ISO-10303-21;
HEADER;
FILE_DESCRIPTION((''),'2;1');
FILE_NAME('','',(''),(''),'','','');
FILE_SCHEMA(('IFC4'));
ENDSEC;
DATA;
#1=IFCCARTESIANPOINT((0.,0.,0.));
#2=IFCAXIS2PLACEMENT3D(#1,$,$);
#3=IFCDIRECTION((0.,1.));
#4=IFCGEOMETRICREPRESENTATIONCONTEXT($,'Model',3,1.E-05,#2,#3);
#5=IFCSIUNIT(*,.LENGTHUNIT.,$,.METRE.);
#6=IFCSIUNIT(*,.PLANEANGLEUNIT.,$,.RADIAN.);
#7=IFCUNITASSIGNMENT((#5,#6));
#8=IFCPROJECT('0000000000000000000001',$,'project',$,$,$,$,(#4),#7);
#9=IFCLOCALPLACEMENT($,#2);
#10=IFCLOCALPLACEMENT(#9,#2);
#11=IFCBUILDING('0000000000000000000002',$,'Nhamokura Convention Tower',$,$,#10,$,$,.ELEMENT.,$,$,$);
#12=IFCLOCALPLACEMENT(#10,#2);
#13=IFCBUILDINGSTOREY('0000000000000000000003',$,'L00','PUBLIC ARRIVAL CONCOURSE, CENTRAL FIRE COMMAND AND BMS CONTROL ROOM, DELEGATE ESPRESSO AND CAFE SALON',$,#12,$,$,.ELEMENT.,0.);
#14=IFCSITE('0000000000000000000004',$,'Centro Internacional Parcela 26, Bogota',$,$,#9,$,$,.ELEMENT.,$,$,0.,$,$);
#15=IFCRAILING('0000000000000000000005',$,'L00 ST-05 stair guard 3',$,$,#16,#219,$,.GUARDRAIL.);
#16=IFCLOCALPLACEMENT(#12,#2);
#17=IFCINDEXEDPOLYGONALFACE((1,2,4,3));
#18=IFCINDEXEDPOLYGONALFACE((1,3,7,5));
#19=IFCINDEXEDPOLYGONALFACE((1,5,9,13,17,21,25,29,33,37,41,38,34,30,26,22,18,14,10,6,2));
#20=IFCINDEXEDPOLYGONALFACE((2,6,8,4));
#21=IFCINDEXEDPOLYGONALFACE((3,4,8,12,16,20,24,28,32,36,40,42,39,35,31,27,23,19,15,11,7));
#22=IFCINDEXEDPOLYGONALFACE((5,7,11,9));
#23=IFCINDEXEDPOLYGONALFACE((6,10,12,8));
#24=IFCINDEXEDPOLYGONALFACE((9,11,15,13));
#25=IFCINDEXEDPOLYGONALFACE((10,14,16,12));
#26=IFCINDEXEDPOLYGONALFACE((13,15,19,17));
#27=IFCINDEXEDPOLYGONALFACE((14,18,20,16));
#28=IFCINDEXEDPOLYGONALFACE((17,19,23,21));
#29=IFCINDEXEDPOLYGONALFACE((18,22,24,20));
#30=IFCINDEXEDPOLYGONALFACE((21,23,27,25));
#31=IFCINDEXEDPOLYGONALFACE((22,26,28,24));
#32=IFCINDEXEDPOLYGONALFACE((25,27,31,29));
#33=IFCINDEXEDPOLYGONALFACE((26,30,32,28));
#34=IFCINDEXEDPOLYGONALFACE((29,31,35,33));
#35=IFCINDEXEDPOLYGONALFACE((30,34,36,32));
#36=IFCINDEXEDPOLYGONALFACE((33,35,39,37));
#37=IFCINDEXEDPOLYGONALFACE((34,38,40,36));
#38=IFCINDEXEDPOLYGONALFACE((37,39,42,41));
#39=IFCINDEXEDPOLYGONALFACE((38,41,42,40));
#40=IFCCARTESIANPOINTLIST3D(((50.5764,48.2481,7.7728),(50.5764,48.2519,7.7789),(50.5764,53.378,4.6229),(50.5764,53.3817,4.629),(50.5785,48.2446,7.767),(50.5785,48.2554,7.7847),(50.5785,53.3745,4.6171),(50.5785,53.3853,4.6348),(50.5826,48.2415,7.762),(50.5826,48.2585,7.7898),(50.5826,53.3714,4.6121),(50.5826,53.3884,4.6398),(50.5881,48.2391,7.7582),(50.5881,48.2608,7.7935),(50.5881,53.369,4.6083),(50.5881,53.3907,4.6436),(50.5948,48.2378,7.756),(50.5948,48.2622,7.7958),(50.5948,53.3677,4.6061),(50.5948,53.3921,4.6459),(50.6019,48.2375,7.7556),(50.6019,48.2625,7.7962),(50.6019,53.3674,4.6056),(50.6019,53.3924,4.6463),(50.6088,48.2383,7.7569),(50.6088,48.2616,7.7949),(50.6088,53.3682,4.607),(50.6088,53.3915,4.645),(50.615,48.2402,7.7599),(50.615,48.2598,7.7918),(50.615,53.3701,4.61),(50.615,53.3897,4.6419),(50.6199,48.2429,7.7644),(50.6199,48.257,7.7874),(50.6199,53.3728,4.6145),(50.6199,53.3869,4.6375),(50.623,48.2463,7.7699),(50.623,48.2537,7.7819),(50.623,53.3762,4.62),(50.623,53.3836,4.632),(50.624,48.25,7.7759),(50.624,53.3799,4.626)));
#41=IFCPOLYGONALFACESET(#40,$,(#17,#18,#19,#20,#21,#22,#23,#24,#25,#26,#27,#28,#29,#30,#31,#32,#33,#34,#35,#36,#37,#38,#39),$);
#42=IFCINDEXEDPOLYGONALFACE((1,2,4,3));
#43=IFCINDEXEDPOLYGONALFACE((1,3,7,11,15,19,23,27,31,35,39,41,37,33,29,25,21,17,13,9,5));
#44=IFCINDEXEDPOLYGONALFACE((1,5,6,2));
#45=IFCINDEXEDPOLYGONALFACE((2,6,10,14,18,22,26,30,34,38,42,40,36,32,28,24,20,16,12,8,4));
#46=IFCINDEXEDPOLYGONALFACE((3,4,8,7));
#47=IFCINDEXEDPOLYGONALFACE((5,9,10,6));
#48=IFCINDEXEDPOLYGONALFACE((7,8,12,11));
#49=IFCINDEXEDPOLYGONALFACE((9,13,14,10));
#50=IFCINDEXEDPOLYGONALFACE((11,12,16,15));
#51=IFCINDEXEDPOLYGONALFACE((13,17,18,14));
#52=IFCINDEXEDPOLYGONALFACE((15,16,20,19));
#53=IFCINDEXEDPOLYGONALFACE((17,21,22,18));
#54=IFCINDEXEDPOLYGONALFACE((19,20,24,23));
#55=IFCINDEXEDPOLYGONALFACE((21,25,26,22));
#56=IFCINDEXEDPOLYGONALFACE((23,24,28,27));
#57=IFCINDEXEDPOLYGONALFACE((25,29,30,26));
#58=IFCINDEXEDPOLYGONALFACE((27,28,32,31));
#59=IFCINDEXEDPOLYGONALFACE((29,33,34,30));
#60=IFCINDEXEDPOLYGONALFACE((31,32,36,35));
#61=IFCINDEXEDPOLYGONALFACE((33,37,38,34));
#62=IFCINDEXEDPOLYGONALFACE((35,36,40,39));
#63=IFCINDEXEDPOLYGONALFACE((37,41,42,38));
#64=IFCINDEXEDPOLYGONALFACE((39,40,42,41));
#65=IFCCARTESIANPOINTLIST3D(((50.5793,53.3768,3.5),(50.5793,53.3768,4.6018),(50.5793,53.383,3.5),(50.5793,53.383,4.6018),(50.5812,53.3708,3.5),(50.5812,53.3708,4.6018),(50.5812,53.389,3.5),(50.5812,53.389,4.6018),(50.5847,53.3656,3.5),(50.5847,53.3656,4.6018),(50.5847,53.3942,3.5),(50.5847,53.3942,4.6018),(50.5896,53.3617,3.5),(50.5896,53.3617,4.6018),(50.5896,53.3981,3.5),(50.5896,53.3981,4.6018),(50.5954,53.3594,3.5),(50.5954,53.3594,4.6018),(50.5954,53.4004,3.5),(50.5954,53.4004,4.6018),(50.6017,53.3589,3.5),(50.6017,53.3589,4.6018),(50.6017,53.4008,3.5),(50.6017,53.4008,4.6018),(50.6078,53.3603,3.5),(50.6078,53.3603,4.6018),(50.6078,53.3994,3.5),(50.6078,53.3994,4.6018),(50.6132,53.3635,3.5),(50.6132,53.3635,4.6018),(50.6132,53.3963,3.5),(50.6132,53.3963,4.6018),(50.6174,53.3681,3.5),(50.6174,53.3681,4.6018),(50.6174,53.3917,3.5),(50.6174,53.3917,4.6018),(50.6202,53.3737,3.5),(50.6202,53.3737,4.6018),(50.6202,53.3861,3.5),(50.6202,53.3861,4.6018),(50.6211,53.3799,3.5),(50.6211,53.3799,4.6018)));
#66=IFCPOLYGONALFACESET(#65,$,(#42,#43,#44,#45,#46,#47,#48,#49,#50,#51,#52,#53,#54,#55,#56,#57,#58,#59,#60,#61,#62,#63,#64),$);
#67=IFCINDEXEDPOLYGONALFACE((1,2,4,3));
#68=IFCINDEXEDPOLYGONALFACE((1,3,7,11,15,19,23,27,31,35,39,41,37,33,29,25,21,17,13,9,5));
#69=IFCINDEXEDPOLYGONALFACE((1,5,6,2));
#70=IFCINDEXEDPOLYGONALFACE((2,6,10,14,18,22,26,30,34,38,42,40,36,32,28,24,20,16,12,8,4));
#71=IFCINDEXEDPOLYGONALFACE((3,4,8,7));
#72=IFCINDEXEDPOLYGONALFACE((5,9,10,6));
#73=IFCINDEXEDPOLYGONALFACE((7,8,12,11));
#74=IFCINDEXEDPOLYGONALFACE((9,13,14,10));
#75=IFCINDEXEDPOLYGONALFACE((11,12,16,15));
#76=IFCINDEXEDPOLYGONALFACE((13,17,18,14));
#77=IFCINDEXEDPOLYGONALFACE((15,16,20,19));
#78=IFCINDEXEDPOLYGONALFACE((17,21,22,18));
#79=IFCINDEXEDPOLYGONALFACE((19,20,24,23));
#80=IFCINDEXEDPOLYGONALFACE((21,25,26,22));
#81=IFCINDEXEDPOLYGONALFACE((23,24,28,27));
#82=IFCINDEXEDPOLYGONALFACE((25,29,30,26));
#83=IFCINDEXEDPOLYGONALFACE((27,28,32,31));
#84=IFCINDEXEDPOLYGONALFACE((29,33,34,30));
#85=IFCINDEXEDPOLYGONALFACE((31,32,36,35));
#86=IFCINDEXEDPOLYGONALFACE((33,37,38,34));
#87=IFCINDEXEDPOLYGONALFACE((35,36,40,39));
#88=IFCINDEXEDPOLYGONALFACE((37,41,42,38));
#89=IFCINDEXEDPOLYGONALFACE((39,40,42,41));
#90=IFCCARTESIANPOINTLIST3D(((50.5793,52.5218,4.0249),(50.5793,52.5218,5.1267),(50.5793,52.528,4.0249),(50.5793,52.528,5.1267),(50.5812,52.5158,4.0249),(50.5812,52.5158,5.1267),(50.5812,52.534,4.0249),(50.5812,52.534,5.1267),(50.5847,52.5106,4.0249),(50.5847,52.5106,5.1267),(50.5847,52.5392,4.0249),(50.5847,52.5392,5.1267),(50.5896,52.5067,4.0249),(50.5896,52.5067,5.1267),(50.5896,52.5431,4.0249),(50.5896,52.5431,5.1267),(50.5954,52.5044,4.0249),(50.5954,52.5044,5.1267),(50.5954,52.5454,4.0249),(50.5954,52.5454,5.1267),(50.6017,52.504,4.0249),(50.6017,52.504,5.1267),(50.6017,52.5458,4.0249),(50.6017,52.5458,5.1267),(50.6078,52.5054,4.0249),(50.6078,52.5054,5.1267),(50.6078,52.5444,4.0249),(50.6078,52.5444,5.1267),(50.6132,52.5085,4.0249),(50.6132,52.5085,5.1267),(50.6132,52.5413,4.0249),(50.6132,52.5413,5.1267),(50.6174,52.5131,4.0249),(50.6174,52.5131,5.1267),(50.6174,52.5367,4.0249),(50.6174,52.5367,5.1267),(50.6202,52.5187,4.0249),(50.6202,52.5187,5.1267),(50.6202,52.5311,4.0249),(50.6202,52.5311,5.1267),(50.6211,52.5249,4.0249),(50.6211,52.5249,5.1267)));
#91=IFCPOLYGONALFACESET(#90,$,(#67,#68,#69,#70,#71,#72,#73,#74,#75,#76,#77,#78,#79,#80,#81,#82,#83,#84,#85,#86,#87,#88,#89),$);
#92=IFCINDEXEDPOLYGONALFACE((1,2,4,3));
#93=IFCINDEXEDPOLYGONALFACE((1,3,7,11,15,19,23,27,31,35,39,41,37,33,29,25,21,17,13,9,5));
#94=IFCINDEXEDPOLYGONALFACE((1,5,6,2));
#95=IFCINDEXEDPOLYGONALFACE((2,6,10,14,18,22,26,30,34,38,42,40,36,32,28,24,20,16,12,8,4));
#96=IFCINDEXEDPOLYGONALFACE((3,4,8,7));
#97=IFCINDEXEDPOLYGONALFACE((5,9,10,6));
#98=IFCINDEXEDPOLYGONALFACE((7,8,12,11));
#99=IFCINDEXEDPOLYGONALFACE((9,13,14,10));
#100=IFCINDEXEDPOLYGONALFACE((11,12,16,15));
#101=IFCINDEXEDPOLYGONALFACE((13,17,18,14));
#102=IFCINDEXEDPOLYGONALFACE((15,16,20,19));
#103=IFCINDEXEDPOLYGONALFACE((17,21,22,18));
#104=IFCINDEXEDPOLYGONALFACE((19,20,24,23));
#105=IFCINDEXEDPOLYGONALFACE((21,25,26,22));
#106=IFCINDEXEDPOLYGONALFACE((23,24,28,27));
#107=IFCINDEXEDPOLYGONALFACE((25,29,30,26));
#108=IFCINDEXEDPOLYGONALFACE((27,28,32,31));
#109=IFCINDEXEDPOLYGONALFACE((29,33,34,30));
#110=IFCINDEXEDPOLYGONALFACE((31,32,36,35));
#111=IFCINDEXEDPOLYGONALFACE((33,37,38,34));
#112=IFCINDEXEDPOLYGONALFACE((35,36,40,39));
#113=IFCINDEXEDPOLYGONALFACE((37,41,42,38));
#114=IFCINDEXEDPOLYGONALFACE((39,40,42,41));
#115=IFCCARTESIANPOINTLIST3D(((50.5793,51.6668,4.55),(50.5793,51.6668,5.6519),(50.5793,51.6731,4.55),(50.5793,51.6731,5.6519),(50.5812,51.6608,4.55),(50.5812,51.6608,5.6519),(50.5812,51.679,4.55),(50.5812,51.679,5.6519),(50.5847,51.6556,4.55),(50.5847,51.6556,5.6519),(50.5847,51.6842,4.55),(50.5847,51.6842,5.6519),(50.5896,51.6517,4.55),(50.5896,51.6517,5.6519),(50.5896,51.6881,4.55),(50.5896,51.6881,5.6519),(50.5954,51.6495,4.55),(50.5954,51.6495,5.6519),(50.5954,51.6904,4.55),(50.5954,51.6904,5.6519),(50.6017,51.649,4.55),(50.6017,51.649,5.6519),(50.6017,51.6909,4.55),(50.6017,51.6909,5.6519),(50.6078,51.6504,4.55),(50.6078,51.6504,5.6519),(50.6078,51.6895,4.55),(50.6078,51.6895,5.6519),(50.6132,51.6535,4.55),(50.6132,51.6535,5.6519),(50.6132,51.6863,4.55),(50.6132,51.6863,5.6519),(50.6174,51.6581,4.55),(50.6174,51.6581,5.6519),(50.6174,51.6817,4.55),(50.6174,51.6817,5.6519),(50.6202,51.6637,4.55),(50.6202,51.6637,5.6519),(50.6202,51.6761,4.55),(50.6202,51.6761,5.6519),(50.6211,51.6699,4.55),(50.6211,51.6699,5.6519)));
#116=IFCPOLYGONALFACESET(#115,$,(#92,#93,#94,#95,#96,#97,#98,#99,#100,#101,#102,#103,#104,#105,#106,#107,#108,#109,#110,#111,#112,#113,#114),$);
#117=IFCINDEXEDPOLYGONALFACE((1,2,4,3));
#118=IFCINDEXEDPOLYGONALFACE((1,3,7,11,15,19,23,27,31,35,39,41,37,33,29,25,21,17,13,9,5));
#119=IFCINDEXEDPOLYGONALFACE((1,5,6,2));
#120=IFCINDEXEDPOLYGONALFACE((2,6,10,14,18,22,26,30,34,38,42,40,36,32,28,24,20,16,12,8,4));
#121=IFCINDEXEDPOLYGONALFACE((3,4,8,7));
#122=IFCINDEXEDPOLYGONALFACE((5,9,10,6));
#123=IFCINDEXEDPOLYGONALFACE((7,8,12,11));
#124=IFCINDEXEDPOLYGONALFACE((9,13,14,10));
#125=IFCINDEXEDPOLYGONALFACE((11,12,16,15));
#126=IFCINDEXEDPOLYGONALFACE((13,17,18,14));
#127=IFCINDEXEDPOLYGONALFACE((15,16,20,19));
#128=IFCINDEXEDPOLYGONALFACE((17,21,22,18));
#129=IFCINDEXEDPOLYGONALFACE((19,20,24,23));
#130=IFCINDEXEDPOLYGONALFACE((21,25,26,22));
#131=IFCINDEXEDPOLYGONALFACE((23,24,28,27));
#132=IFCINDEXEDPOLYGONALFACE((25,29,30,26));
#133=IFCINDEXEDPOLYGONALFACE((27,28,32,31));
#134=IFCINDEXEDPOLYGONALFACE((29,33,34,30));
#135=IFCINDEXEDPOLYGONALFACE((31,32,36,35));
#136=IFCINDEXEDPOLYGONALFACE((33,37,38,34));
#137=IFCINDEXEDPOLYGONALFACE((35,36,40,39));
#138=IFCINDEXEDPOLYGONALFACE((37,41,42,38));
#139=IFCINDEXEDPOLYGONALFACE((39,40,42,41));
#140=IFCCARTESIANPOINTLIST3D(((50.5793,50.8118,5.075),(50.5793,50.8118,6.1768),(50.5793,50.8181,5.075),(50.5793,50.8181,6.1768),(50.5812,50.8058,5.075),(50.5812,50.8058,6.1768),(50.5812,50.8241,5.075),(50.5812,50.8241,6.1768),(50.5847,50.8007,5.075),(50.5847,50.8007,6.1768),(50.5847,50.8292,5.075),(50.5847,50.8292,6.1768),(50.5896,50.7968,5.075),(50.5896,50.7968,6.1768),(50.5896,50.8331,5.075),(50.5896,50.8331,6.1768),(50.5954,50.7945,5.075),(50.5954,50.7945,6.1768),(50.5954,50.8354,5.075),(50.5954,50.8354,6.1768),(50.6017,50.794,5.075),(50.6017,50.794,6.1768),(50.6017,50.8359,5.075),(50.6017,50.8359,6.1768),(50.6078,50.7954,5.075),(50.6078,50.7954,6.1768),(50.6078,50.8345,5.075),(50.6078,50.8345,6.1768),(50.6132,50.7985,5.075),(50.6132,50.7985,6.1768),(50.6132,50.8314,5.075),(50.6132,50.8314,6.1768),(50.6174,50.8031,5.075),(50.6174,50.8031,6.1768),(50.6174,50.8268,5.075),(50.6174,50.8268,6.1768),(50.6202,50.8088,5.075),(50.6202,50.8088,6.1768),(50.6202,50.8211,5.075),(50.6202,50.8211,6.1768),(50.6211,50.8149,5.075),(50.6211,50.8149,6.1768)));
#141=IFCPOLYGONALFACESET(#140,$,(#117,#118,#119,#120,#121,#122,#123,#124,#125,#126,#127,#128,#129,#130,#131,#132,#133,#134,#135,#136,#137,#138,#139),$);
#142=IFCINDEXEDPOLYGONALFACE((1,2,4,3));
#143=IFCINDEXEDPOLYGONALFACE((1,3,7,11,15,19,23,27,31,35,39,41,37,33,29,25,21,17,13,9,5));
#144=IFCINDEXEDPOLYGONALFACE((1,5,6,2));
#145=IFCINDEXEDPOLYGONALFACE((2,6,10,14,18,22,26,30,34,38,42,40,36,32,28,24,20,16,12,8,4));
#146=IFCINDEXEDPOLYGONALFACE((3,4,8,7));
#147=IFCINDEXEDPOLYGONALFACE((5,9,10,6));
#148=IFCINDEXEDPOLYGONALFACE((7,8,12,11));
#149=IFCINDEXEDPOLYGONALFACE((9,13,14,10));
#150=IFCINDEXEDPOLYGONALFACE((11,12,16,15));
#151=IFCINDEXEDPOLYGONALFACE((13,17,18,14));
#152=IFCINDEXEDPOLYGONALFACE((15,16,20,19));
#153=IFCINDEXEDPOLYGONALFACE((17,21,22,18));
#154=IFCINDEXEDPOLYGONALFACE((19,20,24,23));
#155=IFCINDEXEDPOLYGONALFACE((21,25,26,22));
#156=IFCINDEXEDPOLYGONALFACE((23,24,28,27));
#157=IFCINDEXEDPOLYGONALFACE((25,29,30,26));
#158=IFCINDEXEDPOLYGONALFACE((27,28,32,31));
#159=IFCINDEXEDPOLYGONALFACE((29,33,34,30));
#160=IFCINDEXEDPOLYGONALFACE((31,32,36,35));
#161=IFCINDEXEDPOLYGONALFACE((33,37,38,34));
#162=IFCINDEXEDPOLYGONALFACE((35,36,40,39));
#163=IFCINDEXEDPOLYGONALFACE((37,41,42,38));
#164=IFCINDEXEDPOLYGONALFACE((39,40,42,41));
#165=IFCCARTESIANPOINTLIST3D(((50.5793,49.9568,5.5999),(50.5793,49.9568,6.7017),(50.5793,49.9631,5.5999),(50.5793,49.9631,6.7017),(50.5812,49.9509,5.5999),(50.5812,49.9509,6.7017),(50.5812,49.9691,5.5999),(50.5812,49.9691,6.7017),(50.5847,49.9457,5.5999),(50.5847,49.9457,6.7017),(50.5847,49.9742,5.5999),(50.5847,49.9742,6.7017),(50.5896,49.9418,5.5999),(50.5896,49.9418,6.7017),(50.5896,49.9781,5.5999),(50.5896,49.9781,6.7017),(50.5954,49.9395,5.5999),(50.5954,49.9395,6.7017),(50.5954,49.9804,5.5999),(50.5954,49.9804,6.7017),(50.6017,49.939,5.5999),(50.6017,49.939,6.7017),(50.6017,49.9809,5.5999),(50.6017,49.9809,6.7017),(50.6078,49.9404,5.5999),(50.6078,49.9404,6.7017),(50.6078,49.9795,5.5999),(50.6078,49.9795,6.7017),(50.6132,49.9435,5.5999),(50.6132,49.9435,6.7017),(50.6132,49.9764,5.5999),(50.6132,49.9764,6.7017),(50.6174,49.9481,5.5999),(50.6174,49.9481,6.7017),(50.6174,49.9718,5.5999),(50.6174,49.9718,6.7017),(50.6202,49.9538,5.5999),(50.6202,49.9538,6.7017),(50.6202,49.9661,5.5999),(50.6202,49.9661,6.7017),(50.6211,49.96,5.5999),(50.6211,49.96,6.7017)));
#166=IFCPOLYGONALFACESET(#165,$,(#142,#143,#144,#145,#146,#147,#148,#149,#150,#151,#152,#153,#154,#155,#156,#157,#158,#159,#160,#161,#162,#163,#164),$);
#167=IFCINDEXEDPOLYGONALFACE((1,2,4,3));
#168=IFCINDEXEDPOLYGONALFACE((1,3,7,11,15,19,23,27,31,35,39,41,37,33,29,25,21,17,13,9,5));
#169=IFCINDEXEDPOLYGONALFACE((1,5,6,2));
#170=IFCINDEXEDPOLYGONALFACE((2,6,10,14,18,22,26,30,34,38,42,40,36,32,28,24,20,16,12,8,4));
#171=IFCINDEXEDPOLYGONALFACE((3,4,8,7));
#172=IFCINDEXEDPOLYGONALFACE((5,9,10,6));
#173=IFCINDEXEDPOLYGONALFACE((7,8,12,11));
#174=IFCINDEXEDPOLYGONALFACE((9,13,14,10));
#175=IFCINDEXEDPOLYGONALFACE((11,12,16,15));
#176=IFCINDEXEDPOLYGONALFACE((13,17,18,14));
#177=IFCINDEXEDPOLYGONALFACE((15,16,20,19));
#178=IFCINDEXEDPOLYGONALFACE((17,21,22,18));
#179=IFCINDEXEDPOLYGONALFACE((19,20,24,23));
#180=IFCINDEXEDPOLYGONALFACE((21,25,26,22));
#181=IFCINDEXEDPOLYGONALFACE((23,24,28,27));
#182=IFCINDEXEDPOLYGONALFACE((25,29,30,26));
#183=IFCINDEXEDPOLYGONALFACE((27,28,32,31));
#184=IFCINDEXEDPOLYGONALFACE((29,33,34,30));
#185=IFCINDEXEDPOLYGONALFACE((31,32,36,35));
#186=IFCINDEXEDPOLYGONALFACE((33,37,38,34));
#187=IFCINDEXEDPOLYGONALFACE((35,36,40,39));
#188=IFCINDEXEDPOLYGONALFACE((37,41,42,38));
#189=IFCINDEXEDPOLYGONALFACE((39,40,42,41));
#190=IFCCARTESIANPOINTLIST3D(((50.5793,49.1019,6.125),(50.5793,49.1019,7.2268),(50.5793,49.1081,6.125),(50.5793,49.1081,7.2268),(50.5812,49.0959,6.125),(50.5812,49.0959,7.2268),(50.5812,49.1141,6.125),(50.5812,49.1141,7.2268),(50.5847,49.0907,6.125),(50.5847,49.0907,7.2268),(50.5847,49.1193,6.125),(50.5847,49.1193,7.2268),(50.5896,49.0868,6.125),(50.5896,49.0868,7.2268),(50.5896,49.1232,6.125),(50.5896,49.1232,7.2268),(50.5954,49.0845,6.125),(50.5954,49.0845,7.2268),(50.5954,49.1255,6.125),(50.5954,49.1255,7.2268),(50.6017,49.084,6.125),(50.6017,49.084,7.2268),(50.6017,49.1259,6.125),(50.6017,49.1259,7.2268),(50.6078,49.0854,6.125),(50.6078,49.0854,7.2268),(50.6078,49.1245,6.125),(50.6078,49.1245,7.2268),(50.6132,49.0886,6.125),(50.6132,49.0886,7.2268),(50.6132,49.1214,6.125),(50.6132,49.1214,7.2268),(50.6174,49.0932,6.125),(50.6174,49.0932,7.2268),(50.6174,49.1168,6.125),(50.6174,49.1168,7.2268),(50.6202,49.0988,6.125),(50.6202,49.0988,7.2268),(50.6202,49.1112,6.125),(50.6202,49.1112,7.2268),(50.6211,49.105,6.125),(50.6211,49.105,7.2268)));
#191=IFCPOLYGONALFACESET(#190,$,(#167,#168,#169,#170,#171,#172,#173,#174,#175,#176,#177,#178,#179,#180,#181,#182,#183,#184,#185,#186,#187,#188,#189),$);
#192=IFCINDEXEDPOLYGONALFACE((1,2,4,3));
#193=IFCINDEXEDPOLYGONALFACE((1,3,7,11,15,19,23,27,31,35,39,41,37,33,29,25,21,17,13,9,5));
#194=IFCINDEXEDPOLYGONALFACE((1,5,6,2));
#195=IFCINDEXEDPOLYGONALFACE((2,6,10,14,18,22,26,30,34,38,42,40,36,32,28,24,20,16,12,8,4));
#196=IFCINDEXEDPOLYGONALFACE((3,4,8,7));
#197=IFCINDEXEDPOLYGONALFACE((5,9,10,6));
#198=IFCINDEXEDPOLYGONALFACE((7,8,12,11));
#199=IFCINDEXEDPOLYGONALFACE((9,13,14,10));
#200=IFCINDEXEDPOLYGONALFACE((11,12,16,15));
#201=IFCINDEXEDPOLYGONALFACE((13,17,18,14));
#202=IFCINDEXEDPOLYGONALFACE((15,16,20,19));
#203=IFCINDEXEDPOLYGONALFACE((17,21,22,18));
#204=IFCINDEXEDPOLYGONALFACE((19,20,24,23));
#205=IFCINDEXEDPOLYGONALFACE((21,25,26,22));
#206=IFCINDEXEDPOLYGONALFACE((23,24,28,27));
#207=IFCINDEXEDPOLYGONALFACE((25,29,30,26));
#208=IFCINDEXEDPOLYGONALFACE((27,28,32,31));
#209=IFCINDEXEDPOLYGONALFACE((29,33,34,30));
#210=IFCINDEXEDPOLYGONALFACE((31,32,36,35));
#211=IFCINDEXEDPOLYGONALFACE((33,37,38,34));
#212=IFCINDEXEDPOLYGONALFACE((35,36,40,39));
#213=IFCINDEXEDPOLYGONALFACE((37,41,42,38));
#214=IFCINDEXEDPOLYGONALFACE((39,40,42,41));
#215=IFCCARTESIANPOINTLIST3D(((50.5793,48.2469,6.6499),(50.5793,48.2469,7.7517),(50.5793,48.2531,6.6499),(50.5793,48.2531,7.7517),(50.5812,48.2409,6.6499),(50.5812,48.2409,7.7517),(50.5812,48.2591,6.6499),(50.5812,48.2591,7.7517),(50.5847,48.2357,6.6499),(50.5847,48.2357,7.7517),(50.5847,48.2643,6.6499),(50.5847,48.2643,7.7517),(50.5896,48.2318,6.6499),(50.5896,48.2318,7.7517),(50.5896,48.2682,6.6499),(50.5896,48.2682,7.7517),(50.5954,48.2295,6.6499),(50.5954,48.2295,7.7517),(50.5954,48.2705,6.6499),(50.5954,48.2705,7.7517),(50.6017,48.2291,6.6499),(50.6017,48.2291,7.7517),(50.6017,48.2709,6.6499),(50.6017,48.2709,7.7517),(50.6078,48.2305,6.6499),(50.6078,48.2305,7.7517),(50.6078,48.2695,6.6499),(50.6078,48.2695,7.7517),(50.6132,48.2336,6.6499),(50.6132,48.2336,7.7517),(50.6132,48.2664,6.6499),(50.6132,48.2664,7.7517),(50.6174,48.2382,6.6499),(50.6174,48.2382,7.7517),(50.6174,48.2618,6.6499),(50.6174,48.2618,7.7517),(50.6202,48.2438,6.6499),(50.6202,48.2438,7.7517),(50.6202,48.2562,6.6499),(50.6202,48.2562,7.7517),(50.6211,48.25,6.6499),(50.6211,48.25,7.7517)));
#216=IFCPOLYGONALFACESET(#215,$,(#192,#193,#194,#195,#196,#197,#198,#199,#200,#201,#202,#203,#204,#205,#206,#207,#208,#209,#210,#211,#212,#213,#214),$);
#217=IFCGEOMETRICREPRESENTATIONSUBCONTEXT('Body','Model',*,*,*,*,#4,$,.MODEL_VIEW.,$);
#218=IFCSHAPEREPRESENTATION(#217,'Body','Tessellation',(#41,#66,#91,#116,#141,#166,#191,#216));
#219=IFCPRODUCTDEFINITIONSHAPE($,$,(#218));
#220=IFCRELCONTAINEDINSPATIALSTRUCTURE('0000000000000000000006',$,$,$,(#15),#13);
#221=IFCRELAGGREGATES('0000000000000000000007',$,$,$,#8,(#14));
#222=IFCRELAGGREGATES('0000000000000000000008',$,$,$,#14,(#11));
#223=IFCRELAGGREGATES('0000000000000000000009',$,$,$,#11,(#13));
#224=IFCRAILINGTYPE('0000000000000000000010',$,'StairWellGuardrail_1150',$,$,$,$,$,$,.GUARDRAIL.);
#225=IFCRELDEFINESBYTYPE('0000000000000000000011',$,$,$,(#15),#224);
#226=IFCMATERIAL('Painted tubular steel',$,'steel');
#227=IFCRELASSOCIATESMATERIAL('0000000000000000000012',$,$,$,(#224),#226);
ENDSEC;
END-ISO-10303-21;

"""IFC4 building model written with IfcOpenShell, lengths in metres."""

from ifc_helpers import new_model, si_unit, direction, frame, origin, origin_2d, place, context, subcontext, project, spatial, circle, extrude, material, type_object, element, save


model = new_model("IFC4")

# Units and contexts
model_context = context("Model", 3, precision=1e-05, world=origin(), true_north=direction((0.0, 1.0)))
body_context = subcontext(model_context, "Body", "Model", "MODEL_VIEW")
ifc_project = project(units=[si_unit("LENGTHUNIT", "METRE"), si_unit("PLANEANGLEUNIT", "RADIAN")], contexts=[model_context])

# Site, building, storey
site_placement = place(None, origin())
site = spatial("IfcSite", under=ifc_project, at=site_placement, Name="Centro Internacional Parcela 26, Bogota", CompositionType="ELEMENT", RefElevation=0.0)
building_placement = place(site_placement, origin())
building = spatial("IfcBuilding", under=site, at=building_placement, Name="Nhamokura Convention Tower", CompositionType="ELEMENT")
storey_placement = place(building_placement, origin())
storey = spatial("IfcBuildingStorey", under=building, at=storey_placement, Name="L00", Description="PUBLIC ARRIVAL CONCOURSE, CENTRAL FIRE COMMAND AND BMS CONTROL ROOM, DELEGATE ESPRESSO AND CAFE SALON", CompositionType="ELEMENT", Elevation=0.0)

# Railing
ifc_material_1 = material(Name="Painted tubular steel", Category="steel")
railing_type_1 = type_object("IfcRailingType", Name="StairWellGuardrail_1150", PredefinedType="GUARDRAIL", material=ifc_material_1)
railing_1_placement = place(storey_placement, frame((50.6001, 53.3799, 3.5)))
element("IfcRailing", 1, at=railing_1_placement, inside=storey, type_object=railing_type_1, Name="L00 ST-05 stair guard 3", PredefinedType="GUARDRAIL", context=body_context, shape_type="SweptSolid", body=[
    extrude(circle(Radius=0.0239, at=origin_2d()), frame((0.0, 0.0, 1.126), z_axis=(0.0, -0.852173, 0.52326), x_axis=(1.0, 0.0, 0.0)), (0.0, 0.0, 1.0), 6.0198),
    extrude(circle(Radius=0.021, at=origin_2d()), origin(), (0.0, 0.0, 1.0), 1.1018),
    extrude(circle(Radius=0.021, at=origin_2d()), frame((0.0, -0.855, 0.5249)), (0.0, 0.0, 1.0), 1.1018),
    extrude(circle(Radius=0.021, at=origin_2d()), frame((0.0, -1.71, 1.05)), (0.0, 0.0, 1.0), 1.1018),
    extrude(circle(Radius=0.021, at=origin_2d()), frame((0.0, -2.5649, 1.575)), (0.0, 0.0, 1.0), 1.1018),
    extrude(circle(Radius=0.021, at=origin_2d()), frame((0.0, -3.4199, 2.0999)), (0.0, 0.0, 1.0), 1.1018),
    extrude(circle(Radius=0.021, at=origin_2d()), frame((0.0, -4.2749, 2.625)), (0.0, 0.0, 1.0), 1.1018),
    extrude(circle(Radius=0.021, at=origin_2d()), frame((0.0, -5.1299, 3.1499)), (0.0, 0.0, 1.0), 1.1018),
])

save(model, "model.ifc")
